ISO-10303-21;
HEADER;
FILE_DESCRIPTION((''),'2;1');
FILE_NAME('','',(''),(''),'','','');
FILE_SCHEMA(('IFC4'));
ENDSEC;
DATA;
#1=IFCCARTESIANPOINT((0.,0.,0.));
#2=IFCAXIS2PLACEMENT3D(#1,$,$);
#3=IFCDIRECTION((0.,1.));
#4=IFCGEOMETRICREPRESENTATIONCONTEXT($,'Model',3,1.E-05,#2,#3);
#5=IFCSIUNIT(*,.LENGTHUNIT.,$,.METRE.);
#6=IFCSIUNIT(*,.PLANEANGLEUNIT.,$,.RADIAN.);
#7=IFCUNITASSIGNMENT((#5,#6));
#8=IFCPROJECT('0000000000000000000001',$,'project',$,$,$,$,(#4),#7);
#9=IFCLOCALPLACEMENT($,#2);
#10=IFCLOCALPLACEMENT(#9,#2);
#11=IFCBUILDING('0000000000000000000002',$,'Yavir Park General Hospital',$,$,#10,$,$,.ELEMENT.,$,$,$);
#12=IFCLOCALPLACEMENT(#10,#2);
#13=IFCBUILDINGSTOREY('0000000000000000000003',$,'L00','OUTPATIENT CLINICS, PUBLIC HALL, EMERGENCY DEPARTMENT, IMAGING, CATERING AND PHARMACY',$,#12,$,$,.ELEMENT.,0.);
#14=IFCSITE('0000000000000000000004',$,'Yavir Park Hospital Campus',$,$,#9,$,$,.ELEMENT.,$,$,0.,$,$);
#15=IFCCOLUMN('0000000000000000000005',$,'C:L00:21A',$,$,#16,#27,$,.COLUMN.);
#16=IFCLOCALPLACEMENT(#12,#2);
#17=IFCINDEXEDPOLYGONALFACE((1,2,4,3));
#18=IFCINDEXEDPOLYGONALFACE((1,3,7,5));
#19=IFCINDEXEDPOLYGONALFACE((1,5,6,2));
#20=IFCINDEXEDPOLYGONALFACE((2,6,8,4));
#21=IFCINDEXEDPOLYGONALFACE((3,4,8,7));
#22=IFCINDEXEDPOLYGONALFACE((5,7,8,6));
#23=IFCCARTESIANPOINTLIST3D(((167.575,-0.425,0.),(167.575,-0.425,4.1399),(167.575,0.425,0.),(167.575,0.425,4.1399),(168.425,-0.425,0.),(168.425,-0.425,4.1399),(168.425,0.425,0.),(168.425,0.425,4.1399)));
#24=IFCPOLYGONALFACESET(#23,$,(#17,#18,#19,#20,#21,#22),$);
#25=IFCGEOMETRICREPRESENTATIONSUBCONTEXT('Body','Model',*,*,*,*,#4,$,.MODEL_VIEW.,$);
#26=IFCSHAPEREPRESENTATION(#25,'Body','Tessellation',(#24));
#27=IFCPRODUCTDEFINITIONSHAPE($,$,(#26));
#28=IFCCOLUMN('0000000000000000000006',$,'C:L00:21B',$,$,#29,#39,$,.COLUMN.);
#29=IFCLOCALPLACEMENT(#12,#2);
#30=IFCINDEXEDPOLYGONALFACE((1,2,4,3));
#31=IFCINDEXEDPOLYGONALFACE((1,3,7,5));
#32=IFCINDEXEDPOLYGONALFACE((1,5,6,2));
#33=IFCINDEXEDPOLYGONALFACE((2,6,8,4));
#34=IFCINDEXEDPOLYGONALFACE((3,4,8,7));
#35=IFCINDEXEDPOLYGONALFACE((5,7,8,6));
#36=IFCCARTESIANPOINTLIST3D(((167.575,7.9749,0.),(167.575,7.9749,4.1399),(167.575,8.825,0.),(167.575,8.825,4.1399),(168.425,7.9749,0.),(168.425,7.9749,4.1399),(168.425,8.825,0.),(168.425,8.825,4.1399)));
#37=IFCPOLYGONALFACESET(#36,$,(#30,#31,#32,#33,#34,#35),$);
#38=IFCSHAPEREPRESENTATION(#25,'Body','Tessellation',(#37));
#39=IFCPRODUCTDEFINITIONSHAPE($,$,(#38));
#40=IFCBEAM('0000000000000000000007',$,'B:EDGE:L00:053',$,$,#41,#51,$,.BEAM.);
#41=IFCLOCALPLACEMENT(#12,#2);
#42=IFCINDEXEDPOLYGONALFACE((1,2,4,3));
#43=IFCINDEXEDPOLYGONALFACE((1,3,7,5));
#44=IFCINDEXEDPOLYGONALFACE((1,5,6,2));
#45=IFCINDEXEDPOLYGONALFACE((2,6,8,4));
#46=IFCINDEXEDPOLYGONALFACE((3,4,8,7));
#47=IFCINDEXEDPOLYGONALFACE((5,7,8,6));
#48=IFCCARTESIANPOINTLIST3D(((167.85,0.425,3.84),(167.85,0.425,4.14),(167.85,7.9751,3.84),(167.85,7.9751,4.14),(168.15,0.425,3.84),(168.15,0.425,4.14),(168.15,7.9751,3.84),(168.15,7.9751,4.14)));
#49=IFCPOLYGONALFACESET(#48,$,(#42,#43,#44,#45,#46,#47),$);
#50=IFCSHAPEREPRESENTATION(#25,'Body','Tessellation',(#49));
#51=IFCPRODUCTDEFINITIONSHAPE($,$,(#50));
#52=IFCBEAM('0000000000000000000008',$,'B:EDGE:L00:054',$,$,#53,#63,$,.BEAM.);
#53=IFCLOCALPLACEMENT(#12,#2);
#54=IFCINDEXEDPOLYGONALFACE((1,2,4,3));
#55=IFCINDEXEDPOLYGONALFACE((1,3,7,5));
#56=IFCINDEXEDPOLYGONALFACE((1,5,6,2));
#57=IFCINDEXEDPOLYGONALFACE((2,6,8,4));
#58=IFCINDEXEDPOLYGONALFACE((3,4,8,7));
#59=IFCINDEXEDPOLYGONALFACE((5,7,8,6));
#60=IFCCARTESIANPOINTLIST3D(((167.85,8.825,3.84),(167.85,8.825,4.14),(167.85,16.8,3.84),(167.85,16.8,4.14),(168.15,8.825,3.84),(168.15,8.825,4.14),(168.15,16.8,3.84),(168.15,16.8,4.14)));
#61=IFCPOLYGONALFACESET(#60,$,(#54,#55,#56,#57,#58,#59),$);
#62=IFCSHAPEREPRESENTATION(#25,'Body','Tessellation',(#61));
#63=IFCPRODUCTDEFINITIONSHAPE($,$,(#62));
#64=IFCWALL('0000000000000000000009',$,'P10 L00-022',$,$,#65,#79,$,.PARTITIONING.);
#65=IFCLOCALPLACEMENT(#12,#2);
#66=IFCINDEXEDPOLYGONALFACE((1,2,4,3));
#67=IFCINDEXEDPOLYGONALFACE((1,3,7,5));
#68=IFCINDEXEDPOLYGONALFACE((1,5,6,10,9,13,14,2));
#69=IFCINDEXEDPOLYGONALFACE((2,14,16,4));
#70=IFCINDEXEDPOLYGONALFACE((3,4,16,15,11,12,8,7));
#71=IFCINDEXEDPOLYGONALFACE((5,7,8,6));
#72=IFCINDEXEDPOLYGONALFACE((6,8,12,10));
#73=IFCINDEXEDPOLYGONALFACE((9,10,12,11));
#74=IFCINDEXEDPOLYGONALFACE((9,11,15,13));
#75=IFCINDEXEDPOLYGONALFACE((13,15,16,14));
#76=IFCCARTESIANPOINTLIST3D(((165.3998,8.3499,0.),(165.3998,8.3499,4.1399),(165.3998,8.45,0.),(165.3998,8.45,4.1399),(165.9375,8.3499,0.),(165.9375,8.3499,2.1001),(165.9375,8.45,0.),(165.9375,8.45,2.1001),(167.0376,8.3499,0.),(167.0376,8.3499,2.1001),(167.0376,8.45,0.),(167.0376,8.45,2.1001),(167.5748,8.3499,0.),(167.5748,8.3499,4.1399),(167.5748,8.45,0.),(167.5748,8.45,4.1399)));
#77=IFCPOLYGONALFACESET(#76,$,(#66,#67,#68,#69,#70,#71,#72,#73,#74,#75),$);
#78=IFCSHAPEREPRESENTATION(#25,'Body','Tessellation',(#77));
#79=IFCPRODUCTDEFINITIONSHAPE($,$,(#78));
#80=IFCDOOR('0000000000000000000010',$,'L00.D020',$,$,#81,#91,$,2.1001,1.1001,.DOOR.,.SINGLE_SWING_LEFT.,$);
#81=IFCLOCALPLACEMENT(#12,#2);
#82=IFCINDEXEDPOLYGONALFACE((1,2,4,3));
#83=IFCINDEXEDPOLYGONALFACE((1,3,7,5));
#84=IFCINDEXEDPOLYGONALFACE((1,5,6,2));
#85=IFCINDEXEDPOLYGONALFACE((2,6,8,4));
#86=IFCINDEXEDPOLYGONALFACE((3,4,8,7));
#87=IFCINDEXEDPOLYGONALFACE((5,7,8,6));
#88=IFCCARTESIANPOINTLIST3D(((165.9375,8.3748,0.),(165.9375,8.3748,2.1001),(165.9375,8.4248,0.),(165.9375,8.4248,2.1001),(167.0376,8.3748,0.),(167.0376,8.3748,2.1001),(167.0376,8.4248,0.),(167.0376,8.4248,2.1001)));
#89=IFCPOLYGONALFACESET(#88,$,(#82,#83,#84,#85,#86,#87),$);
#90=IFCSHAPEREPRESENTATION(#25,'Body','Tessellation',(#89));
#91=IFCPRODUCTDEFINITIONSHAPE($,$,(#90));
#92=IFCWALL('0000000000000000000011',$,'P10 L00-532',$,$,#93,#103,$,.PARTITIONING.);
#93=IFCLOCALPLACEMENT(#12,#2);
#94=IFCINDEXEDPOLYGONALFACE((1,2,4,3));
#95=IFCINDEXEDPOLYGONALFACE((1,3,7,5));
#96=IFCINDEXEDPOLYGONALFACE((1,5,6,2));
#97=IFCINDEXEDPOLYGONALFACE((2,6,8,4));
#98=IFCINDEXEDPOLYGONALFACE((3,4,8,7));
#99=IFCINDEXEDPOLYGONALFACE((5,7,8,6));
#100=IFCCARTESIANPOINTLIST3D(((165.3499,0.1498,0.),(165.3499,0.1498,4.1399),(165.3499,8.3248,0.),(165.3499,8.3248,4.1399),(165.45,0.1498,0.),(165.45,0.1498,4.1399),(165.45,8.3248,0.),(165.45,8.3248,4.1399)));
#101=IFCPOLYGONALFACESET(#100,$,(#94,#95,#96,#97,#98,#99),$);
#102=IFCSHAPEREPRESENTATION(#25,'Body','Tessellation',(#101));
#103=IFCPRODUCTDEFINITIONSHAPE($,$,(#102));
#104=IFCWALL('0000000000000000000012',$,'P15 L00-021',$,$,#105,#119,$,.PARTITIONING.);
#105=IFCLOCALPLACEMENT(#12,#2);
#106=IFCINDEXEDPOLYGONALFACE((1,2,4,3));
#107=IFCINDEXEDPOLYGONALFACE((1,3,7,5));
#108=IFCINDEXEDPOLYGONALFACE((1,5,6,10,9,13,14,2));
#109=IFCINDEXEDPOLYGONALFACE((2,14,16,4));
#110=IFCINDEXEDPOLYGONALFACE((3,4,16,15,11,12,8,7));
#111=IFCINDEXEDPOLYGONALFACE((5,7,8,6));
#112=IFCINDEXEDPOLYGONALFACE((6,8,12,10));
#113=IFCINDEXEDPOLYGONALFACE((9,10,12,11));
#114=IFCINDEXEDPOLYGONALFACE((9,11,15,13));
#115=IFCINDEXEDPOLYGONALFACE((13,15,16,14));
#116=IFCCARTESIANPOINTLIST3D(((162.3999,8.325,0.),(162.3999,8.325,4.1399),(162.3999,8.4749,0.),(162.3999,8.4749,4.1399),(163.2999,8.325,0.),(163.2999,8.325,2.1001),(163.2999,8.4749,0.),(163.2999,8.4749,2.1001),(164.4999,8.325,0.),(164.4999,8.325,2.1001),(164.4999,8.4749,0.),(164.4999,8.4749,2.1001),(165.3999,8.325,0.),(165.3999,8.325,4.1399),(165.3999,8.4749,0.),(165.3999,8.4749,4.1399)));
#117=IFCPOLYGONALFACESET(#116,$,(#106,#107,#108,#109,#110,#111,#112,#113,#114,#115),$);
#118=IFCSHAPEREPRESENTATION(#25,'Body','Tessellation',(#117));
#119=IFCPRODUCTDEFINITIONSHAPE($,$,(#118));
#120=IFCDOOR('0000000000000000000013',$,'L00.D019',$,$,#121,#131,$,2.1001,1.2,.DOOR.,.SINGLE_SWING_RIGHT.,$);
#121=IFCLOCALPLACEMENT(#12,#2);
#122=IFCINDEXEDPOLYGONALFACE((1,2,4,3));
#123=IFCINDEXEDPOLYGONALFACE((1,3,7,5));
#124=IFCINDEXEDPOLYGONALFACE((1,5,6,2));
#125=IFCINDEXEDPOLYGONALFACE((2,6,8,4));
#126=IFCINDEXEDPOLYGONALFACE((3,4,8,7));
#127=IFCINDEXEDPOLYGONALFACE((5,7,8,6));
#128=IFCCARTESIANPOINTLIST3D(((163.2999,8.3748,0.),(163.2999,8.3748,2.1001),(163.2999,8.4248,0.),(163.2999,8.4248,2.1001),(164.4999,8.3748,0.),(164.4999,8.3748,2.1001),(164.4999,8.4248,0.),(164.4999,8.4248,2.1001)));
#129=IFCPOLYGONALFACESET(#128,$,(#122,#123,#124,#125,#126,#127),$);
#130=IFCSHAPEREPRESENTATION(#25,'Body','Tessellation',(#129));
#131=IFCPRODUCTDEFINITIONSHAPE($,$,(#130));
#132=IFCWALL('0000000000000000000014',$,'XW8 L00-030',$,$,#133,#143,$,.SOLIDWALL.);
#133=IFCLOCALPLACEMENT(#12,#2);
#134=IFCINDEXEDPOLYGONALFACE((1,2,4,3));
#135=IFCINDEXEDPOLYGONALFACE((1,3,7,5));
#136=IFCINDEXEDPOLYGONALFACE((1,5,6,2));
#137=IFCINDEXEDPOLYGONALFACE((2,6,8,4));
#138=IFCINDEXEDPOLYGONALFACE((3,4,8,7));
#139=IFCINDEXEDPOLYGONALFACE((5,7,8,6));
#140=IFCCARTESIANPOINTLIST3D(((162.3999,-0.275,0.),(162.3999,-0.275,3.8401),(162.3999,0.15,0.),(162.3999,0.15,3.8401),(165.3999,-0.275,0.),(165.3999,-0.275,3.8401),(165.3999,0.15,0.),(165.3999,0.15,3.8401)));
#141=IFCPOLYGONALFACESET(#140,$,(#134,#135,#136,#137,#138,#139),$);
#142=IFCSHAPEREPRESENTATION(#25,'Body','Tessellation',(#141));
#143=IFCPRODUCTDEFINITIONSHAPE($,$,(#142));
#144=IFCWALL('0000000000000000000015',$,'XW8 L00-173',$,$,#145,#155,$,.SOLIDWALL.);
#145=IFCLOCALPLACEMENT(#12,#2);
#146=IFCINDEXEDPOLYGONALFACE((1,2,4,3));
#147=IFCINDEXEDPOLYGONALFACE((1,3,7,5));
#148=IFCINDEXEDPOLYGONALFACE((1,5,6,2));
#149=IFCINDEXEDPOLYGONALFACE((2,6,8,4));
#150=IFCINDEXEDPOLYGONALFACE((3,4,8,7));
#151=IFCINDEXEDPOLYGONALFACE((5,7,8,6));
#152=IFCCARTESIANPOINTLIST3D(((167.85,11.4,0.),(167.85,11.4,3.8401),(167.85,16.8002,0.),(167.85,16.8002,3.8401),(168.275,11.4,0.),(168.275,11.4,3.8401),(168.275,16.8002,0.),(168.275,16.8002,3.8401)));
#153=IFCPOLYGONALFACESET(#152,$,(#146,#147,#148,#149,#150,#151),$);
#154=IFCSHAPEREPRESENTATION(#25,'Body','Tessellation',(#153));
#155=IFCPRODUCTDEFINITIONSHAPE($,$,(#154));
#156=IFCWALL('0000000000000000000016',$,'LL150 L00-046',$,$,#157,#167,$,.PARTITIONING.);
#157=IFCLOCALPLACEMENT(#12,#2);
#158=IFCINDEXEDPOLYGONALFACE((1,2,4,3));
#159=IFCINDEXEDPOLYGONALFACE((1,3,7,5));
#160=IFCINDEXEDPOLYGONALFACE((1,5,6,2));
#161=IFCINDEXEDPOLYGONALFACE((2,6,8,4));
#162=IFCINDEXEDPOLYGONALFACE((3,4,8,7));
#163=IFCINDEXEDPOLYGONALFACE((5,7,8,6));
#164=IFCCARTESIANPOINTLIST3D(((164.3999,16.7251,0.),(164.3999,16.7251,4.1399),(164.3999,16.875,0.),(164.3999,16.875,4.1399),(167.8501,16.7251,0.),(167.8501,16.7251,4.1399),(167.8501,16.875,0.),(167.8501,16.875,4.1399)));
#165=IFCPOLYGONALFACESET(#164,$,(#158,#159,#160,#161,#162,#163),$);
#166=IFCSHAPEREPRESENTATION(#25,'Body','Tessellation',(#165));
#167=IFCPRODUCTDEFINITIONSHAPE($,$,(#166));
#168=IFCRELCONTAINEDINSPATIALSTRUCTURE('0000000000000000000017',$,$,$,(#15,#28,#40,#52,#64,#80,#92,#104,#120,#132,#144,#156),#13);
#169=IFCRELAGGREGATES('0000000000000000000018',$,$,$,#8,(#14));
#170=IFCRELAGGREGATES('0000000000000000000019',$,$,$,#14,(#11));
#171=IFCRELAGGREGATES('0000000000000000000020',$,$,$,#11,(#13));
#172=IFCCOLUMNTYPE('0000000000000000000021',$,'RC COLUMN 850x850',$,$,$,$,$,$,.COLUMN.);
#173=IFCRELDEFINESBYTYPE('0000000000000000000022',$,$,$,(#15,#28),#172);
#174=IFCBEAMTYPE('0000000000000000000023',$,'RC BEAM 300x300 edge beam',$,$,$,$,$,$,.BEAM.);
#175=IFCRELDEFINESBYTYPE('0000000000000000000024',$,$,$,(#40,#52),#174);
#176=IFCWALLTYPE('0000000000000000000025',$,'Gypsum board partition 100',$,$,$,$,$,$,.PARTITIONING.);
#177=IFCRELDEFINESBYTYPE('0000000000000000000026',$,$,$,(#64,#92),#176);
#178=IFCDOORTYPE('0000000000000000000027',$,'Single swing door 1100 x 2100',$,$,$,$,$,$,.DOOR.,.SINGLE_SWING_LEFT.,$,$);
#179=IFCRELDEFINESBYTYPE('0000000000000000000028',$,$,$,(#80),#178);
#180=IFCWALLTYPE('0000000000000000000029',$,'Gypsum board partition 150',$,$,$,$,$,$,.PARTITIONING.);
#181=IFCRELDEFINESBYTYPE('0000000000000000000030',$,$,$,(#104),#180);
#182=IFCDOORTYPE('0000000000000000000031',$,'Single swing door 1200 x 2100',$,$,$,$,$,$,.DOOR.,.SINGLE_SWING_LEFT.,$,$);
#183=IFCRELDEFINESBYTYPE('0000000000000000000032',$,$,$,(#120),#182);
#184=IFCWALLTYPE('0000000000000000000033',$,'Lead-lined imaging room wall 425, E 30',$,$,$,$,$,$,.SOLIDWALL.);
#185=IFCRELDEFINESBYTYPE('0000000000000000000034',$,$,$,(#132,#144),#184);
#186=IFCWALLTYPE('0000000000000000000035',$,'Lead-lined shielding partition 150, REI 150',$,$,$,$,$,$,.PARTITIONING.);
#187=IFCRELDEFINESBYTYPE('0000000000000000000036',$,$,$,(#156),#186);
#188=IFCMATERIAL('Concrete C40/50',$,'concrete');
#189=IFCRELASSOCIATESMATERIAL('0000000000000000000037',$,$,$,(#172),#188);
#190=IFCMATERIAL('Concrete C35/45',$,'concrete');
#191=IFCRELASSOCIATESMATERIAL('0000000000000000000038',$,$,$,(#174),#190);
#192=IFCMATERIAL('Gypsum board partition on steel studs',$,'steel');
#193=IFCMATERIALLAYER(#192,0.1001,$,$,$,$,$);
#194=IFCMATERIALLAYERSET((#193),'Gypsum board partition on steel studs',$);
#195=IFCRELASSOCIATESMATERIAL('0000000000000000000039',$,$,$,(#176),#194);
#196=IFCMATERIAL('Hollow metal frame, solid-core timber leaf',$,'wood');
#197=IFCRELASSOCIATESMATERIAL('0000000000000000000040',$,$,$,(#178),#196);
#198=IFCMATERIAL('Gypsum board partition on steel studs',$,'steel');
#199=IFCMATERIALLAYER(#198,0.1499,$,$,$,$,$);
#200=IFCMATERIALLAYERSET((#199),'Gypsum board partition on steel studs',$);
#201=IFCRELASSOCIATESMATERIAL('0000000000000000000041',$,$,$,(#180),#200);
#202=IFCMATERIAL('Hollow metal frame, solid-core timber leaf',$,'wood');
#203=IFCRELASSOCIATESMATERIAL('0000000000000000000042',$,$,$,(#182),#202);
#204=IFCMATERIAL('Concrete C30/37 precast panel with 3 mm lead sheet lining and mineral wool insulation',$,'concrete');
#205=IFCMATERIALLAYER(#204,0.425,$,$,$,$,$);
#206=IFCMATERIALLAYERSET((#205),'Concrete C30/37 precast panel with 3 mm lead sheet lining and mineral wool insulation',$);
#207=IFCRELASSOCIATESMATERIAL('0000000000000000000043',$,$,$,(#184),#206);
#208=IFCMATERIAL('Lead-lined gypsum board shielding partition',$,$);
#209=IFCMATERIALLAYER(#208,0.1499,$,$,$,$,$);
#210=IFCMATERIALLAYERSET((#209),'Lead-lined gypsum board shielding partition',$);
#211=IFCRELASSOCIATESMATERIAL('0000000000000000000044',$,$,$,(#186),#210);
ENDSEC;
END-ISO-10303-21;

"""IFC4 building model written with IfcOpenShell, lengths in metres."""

from ifc_helpers import new_model, si_unit, direction, frame, frame_2d, origin, origin_2d, place, context, subcontext, project, spatial, rectangle, extrude, material, layer, layer_set, material_profile, profile_set, type_object, element, fill, save


model = new_model("IFC4")

# Units and contexts
model_context = context("Model", 3, precision=1e-05, world=origin(), true_north=direction((0.0, 1.0)))
body_context = subcontext(model_context, "Body", "Model", "MODEL_VIEW")
ifc_project = project(units=[si_unit("LENGTHUNIT", "METRE"), si_unit("PLANEANGLEUNIT", "RADIAN")], contexts=[model_context])

# Site, building, storey
site_placement = place(None, origin())
site = spatial("IfcSite", under=ifc_project, at=site_placement, Name="Yavir Park Hospital Campus", CompositionType="ELEMENT", RefElevation=0.0)
building_placement = place(site_placement, origin())
building = spatial("IfcBuilding", under=site, at=building_placement, Name="Yavir Park General Hospital", CompositionType="ELEMENT")
storey_placement = place(building_placement, origin())
storey = spatial("IfcBuildingStorey", under=building, at=storey_placement, Name="L00", Description="OUTPATIENT CLINICS, PUBLIC HALL, EMERGENCY DEPARTMENT, IMAGING, CATERING AND PHARMACY", CompositionType="ELEMENT", Elevation=0.0)

# Columns
ifc_material_1 = material(Name="Concrete C40/50", Category="concrete")
ifc_material_profile_1 = material_profile(ifc_material_1, rectangle(XDim=0.8501, YDim=0.8501, at=origin_2d()), Name="RC850x850")
ifc_profile_set_1 = profile_set([ifc_material_profile_1], Name="Concrete C40/50")
column_type = type_object("IfcColumnType", Name="RC COLUMN 850x850", PredefinedType="COLUMN", material=ifc_profile_set_1)
for number, where, z_axis, x_axis, name in (
    (1, (168.0, 0.0, 0.0), (0.0, 0.0, 1.0), (1.0, 0.0, 0.0), "C:L00:21A"),
    (2, (168.0, 8.3999, 0.0), (0.0, 0.0, 1.0), (1.0, 0.0, 0.0), "C:L00:21B"),
):
    element("IfcColumn", number, at=place(storey_placement, frame(where, z_axis=z_axis, x_axis=x_axis)), inside=storey, type_object=column_type, Name=name, PredefinedType="COLUMN", context=body_context, shape_type="SweptSolid", body=[
        extrude(rectangle(XDim=0.8501, YDim=0.8501, at=origin_2d()), origin(), (0.0, 0.0, 1.0), 4.1399),
    ])

# Beams
ifc_material_2 = material(Name="Concrete C35/45", Category="concrete")
ifc_material_profile_2 = material_profile(ifc_material_2, rectangle(XDim=0.3, YDim=0.3, at=origin_2d()), Name="RC300x300")
ifc_profile_set_2 = profile_set([ifc_material_profile_2], Name="Concrete C35/45")
beam_type = type_object("IfcBeamType", Name="RC BEAM 300x300 edge beam", PredefinedType="BEAM", material=ifc_profile_set_2)
beam_1_placement = place(storey_placement, frame((168.0, 0.425, 3.99), z_axis=(0.0, 1.0, 0.0), x_axis=(-1.0, 0.0, 0.0)))
element("IfcBeam", 3, at=beam_1_placement, inside=storey, type_object=beam_type, Name="B:EDGE:L00:053", PredefinedType="BEAM", context=body_context, shape_type="SweptSolid", body=[
    extrude(rectangle(XDim=0.3, YDim=0.3, at=origin_2d()), origin(), (0.0, 0.0, 1.0), 7.55),
])
beam_2_placement = place(storey_placement, frame((168.0, 8.825, 3.99), z_axis=(0.0, 1.0, 0.0), x_axis=(-1.0, 0.0, 0.0)))
element("IfcBeam", 4, at=beam_2_placement, inside=storey, type_object=beam_type, Name="B:EDGE:L00:054", PredefinedType="BEAM", context=body_context, shape_type="SweptSolid", body=[
    extrude(rectangle(XDim=0.3, YDim=0.3, at=origin_2d()), origin(), (0.0, 0.0, 1.0), 7.9751),
])

# Wall, opening, door
ifc_material_3 = material(Name="Gypsum board partition on steel studs", Category="steel")
ifc_layer_1 = layer(ifc_material_3, 0.1001)
ifc_layer_set_1 = layer_set([ifc_layer_1], Name="Gypsum board partition on steel studs")
wall_type_1 = type_object("IfcWallType", Name="Gypsum board partition 100", PredefinedType="PARTITIONING", material=ifc_layer_set_1)
wall_1_placement = place(storey_placement, frame((165.3999, 8.3999, 0.0), z_axis=(0.0, 0.0, 1.0), x_axis=(1.0, 0.0, 0.0)))
wall_1 = element("IfcWall", 5, at=wall_1_placement, inside=storey, type_object=wall_type_1, Name="P10 L00-022", PredefinedType="PARTITIONING", context=body_context, shape_type="SweptSolid", body=[
    extrude(rectangle(XDim=2.175, YDim=0.1001, at=frame_2d((1.0874, 0.0))), origin(), (0.0, 0.0, 1.0), 4.1399),
])
opening_1_placement = place(wall_1_placement, frame((0.5376, 0.0, 0.0)))
opening_1 = element("IfcOpeningElement", 6, at=opening_1_placement, cuts=wall_1, PredefinedType="OPENING", context=body_context, shape_type="SweptSolid", body=[
    extrude(rectangle(XDim=1.1001, YDim=2.1001, at=frame_2d((0.55, 1.05))), frame((0.0, 0.0601, 0.0), z_axis=(0.0, -1.0, 0.0), x_axis=(1.0, 0.0, 0.0)), (0.0, 0.0, 1.0), 0.1201),
])
ifc_material_4 = material(Name="Hollow metal frame, solid-core timber leaf", Category="wood")
door_type_1 = type_object("IfcDoorType", Name="Single swing door 1100 x 2100", OperationType="SINGLE_SWING_LEFT", PredefinedType="DOOR", material=ifc_material_4)
door_1_placement = place(opening_1_placement, origin())
door_1 = element("IfcDoor", 7, at=door_1_placement, inside=storey, type_object=door_type_1, Name="L00.D020", OperationType="SINGLE_SWING_LEFT", OverallHeight=2.1001, OverallWidth=1.1001, PredefinedType="DOOR", context=body_context, shape_type="SweptSolid", body=[
    extrude(rectangle(XDim=1.1001, YDim=2.1001, at=frame_2d((0.55, 1.05))), frame((0.0, 0.0249, 0.0), z_axis=(0.0, -1.0, 0.0), x_axis=(1.0, 0.0, 0.0)), (0.0, 0.0, 1.0), 0.05),
])
fill(opening_1, door_1)

# Wall
wall_2_placement = place(storey_placement, frame((165.3999, 0.1499, 0.0), z_axis=(0.0, 0.0, 1.0), x_axis=(0.0, 1.0, 0.0)))
element("IfcWall", 8, at=wall_2_placement, inside=storey, type_object=wall_type_1, Name="P10 L00-532", PredefinedType="PARTITIONING", context=body_context, shape_type="SweptSolid", body=[
    extrude(rectangle(XDim=8.175, YDim=0.1001, at=frame_2d((4.0874, 0.0))), origin(), (0.0, 0.0, 1.0), 4.1399),
])

# Wall, opening, door
ifc_material_5 = material(Name="Gypsum board partition on steel studs", Category="steel")
ifc_layer_2 = layer(ifc_material_5, 0.1499)
ifc_layer_set_2 = layer_set([ifc_layer_2], Name="Gypsum board partition on steel studs")
wall_type_2 = type_object("IfcWallType", Name="Gypsum board partition 150", PredefinedType="PARTITIONING", material=ifc_layer_set_2)
wall_3_placement = place(storey_placement, frame((162.3999, 8.3999, 0.0), z_axis=(0.0, 0.0, 1.0), x_axis=(1.0, 0.0, 0.0)))
wall_3 = element("IfcWall", 9, at=wall_3_placement, inside=storey, type_object=wall_type_2, Name="P15 L00-021", PredefinedType="PARTITIONING", context=body_context, shape_type="SweptSolid", body=[
    extrude(rectangle(XDim=3.0, YDim=0.1499, at=frame_2d((1.5, 0.0))), origin(), (0.0, 0.0, 1.0), 4.1399),
])
opening_2_placement = place(wall_3_placement, frame((0.8999, 0.0, 0.0)))
opening_2 = element("IfcOpeningElement", 10, at=opening_2_placement, cuts=wall_3, PredefinedType="OPENING", context=body_context, shape_type="SweptSolid", body=[
    extrude(rectangle(XDim=1.2, YDim=2.1001, at=frame_2d((0.6001, 1.05))), frame((0.0, 0.085, 0.0), z_axis=(0.0, -1.0, 0.0), x_axis=(1.0, 0.0, 0.0)), (0.0, 0.0, 1.0), 0.1699),
])
ifc_material_6 = material(Name="Hollow metal frame, solid-core timber leaf", Category="wood")
door_type_2 = type_object("IfcDoorType", Name="Single swing door 1200 x 2100", OperationType="SINGLE_SWING_LEFT", PredefinedType="DOOR", material=ifc_material_6)
door_2_placement = place(opening_2_placement, origin())
door_2 = element("IfcDoor", 11, at=door_2_placement, inside=storey, type_object=door_type_2, Name="L00.D019", OperationType="SINGLE_SWING_RIGHT", OverallHeight=2.1001, OverallWidth=1.2, PredefinedType="DOOR", context=body_context, shape_type="SweptSolid", body=[
    extrude(rectangle(XDim=1.2, YDim=2.1001, at=frame_2d((0.6001, 1.05))), frame((0.0, 0.0249, 0.0), z_axis=(0.0, -1.0, 0.0), x_axis=(1.0, 0.0, 0.0)), (0.0, 0.0, 1.0), 0.05),
])
fill(opening_2, door_2)

# Walls
ifc_material_7 = material(Name="Concrete C30/37 precast panel with 3 mm lead sheet lining and mineral wool insulation", Category="concrete")
ifc_layer_3 = layer(ifc_material_7, 0.425)
ifc_layer_set_3 = layer_set([ifc_layer_3], Name="Concrete C30/37 precast panel with 3 mm lead sheet lining and mineral wool insulation")
wall_type_3 = type_object("IfcWallType", Name="Lead-lined imaging room wall 425, E 30", PredefinedType="SOLIDWALL", material=ifc_layer_set_3)
wall_4_placement = place(storey_placement, frame((162.3999, -0.0625, 0.0), z_axis=(0.0, 0.0, 1.0), x_axis=(1.0, 0.0, 0.0)))
element("IfcWall", 12, at=wall_4_placement, inside=storey, type_object=wall_type_3, Name="XW8 L00-030", PredefinedType="SOLIDWALL", context=body_context, shape_type="SweptSolid", body=[
    extrude(rectangle(XDim=3.0, YDim=0.425, at=frame_2d((1.5, 0.0))), origin(), (0.0, 0.0, 1.0), 3.8401),
])
wall_5_placement = place(storey_placement, frame((168.0625, 11.3999, 0.0), z_axis=(0.0, 0.0, 1.0), x_axis=(0.0, 1.0, 0.0)))
element("IfcWall", 13, at=wall_5_placement, inside=storey, type_object=wall_type_3, Name="XW8 L00-173", PredefinedType="SOLIDWALL", context=body_context, shape_type="SweptSolid", body=[
    extrude(rectangle(XDim=5.4001, YDim=0.425, at=frame_2d((2.7002, 0.0))), origin(), (0.0, 0.0, 1.0), 3.8401),
])
ifc_material_8 = material(Name="Lead-lined gypsum board shielding partition")
ifc_layer_4 = layer(ifc_material_8, 0.1499)
ifc_layer_set_4 = layer_set([ifc_layer_4], Name="Lead-lined gypsum board shielding partition")
wall_type_4 = type_object("IfcWallType", Name="Lead-lined shielding partition 150, REI 150", PredefinedType="PARTITIONING", material=ifc_layer_set_4)
wall_6_placement = place(storey_placement, frame((164.3999, 16.8, 0.0), z_axis=(0.0, 0.0, 1.0), x_axis=(1.0, 0.0, 0.0)))
element("IfcWall", 14, at=wall_6_placement, inside=storey, type_object=wall_type_4, Name="LL150 L00-046", PredefinedType="PARTITIONING", context=body_context, shape_type="SweptSolid", body=[
    extrude(rectangle(XDim=3.4502, YDim=0.1499, at=frame_2d((1.7251, 0.0))), origin(), (0.0, 0.0, 1.0), 4.1399),
])

save(model, "model.ifc")
